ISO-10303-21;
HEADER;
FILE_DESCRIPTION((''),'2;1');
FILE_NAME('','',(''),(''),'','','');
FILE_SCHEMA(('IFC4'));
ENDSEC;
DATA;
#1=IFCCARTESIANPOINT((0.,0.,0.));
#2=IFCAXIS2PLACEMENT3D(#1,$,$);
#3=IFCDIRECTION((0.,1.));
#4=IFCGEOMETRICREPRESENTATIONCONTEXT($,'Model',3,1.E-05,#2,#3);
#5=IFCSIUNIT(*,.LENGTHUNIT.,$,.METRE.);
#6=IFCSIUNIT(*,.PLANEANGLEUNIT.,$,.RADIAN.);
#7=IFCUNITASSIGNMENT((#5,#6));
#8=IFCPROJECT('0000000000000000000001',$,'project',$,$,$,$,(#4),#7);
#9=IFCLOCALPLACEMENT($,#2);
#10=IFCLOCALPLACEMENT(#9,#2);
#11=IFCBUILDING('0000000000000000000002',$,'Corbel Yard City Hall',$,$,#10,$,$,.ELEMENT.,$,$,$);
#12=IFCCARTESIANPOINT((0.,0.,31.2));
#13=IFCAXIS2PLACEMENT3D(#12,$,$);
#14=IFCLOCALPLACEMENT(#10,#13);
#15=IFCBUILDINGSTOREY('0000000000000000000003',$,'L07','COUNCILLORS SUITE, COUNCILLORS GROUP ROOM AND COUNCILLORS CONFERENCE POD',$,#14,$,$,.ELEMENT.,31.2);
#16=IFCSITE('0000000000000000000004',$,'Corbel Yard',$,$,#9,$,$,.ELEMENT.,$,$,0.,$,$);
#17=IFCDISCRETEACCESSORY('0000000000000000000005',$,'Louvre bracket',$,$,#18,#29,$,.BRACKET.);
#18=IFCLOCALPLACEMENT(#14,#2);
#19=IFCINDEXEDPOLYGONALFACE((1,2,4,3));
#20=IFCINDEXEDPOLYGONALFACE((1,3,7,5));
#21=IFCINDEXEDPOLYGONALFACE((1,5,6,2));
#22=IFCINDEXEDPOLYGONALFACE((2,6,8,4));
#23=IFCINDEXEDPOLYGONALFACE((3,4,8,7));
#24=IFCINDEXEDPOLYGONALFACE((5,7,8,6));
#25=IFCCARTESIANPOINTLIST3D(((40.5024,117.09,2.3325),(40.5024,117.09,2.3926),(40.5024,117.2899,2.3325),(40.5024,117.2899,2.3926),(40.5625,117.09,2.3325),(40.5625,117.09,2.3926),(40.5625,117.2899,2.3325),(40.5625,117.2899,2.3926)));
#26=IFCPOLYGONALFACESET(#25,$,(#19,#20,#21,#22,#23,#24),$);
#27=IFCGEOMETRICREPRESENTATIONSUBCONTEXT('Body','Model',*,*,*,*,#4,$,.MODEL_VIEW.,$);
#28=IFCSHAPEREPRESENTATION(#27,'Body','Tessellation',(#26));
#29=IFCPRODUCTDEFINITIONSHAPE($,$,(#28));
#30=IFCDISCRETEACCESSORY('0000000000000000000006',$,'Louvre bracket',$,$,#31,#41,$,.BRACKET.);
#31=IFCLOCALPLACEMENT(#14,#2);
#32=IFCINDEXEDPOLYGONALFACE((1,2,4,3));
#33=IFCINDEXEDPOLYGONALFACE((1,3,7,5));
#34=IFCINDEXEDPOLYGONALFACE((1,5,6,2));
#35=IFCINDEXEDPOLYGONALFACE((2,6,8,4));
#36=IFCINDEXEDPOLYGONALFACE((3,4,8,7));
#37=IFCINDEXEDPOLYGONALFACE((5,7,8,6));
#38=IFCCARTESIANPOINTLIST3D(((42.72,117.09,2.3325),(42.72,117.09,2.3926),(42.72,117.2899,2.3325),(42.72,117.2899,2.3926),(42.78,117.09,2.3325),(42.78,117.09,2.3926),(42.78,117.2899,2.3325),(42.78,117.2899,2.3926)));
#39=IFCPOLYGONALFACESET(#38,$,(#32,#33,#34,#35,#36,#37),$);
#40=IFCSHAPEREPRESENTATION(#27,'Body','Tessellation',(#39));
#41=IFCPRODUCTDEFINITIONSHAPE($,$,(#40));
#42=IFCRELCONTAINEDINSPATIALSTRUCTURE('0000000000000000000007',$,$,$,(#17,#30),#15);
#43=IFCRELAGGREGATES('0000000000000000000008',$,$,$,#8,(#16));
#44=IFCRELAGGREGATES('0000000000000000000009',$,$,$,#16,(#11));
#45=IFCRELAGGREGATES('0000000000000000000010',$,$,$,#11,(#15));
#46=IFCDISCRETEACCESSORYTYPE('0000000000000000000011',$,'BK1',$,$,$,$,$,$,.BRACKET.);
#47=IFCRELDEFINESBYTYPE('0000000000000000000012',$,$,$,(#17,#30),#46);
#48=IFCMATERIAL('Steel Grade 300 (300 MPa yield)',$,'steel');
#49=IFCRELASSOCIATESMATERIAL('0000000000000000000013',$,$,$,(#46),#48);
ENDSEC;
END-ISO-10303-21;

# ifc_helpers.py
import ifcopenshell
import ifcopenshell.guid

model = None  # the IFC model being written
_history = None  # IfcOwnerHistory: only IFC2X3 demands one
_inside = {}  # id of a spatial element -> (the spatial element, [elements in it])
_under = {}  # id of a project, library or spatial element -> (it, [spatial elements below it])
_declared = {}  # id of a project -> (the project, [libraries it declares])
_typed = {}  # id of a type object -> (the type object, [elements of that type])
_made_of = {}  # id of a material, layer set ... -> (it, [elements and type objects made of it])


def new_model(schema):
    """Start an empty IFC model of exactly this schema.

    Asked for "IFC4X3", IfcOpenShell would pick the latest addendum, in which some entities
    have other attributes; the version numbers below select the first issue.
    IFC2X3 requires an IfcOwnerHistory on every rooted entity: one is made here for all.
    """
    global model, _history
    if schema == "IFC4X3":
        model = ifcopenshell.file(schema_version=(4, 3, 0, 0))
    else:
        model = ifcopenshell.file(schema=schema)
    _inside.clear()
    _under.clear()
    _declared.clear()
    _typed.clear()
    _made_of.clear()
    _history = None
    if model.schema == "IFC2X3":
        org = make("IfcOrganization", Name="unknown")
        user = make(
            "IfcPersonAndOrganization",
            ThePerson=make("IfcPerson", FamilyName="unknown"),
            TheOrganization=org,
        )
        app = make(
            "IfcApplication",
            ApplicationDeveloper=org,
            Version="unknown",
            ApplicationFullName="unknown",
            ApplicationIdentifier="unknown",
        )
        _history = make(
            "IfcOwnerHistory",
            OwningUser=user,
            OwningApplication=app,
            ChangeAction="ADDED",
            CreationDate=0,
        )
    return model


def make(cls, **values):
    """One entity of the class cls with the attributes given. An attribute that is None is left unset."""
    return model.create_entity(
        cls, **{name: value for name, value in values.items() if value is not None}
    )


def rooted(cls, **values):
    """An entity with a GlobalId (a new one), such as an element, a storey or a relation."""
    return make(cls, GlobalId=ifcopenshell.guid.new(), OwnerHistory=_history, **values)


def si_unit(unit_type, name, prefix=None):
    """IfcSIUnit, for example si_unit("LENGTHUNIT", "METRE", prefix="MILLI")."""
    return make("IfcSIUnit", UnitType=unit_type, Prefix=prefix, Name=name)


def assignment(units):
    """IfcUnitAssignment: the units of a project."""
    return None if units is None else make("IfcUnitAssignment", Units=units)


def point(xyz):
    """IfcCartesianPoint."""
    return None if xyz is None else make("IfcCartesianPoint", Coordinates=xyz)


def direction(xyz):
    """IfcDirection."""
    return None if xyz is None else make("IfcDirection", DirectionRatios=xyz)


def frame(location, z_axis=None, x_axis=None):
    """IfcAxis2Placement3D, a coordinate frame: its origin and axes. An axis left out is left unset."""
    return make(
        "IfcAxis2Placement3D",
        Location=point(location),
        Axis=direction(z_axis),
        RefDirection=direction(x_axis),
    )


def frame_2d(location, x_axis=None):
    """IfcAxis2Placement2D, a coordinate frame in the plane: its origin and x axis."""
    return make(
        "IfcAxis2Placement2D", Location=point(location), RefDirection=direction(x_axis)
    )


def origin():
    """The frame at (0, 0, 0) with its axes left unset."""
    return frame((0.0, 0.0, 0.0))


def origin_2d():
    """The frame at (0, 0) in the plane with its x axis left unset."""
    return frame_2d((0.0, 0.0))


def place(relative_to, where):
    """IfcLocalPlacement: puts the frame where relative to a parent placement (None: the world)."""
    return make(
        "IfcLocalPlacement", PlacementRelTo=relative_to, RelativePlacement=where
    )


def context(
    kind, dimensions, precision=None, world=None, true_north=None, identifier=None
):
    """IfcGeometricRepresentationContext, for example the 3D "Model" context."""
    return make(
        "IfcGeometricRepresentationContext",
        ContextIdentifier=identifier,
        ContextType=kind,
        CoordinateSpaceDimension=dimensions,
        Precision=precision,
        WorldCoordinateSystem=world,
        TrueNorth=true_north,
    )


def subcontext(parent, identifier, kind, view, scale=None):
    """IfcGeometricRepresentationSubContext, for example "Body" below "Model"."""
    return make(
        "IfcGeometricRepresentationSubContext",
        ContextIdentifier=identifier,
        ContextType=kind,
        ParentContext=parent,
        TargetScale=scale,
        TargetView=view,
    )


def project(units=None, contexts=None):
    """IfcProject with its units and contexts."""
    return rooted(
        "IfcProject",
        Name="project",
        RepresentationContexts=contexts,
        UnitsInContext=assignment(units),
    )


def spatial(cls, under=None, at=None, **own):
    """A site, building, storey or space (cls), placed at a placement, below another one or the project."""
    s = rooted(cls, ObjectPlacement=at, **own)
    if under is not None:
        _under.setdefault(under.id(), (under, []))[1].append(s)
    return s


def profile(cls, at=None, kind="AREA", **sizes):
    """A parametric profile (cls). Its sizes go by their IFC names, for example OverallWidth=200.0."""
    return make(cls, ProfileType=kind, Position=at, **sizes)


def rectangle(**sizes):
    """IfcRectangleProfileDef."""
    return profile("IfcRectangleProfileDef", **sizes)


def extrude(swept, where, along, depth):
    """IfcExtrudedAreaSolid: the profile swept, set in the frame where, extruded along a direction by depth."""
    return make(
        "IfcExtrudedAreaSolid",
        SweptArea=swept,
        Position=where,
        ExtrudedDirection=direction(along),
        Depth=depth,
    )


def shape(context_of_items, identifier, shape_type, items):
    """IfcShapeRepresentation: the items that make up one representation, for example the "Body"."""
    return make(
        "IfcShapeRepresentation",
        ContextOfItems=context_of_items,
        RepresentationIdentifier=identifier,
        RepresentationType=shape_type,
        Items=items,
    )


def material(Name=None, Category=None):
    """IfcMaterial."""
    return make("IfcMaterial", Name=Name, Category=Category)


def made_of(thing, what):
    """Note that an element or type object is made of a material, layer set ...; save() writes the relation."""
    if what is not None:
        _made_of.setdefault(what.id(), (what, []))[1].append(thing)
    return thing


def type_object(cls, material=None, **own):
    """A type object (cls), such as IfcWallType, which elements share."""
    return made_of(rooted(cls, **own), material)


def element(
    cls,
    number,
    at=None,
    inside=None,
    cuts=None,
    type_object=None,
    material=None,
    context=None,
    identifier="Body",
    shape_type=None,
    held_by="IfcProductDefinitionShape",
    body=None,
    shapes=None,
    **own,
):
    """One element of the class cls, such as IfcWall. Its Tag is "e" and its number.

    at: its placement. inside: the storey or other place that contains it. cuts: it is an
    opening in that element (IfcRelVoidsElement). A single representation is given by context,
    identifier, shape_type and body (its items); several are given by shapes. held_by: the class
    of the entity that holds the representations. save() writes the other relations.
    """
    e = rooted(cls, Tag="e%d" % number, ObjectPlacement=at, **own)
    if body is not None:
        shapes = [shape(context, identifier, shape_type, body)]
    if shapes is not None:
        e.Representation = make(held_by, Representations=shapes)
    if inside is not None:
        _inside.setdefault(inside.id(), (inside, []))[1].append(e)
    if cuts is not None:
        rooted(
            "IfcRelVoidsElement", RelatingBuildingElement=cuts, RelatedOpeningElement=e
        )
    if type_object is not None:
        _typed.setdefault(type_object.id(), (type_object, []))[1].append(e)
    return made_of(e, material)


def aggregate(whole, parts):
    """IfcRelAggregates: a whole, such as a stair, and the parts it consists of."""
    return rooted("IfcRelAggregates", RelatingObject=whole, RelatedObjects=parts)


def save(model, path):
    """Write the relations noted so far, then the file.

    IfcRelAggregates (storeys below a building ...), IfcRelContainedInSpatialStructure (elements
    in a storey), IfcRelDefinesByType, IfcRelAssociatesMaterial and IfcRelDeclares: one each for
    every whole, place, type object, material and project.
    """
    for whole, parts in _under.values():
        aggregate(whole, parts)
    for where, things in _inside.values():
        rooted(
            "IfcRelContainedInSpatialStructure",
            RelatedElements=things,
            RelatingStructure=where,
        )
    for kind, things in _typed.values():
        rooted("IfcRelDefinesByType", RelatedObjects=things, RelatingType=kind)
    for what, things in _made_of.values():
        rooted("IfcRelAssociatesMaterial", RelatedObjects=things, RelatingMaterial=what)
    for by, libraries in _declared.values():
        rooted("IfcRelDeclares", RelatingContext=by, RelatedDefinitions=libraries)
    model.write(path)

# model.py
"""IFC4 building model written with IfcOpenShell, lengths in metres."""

from ifc_helpers import new_model, si_unit, direction, frame, origin, origin_2d, place, context, subcontext, project, spatial, rectangle, extrude, material, type_object, element, save


model = new_model("IFC4")

# Units and contexts
model_context = context("Model", 3, precision=1e-05, world=origin(), true_north=direction((0.0, 1.0)))
body_context = subcontext(model_context, "Body", "Model", "MODEL_VIEW")
ifc_project = project(units=[si_unit("LENGTHUNIT", "METRE"), si_unit("PLANEANGLEUNIT", "RADIAN")], contexts=[model_context])

# Site, building, storey
site_placement = place(None, origin())
site = spatial("IfcSite", under=ifc_project, at=site_placement, Name="Corbel Yard", CompositionType="ELEMENT", RefElevation=0.0)
building_placement = place(site_placement, origin())
building = spatial("IfcBuilding", under=site, at=building_placement, Name="Corbel Yard City Hall", CompositionType="ELEMENT")
storey_placement = place(building_placement, frame((0.0, 0.0, 31.2)))
storey = spatial("IfcBuildingStorey", under=building, at=storey_placement, Name="L07", Description="COUNCILLORS SUITE, COUNCILLORS GROUP ROOM AND COUNCILLORS CONFERENCE POD", CompositionType="ELEMENT", Elevation=31.2)

# Shared definitions
ifc_material_1 = material(Name="Steel Grade 300 (300 MPa yield)", Category="steel")

# Discrete accessories
discrete_accessory_type = type_object("IfcDiscreteAccessoryType", Name="BK1", PredefinedType="BRACKET", material=ifc_material_1)
for number, where, z_axis, x_axis, name in (
    (1, (40.5325, 117.1899, 2.3325), (0.0, 0.0, 1.0), (1.0, 0.0, 0.0), "Louvre bracket"),
    (2, (42.75, 117.1899, 2.3325), (0.0, 0.0, 1.0), (1.0, 0.0, 0.0), "Louvre bracket"),
):
    element("IfcDiscreteAccessory", number, at=place(storey_placement, frame(where, z_axis=z_axis, x_axis=x_axis)), inside=storey, type_object=discrete_accessory_type, Name=name, PredefinedType="BRACKET", context=body_context, shape_type="SweptSolid", body=[
        extrude(rectangle(XDim=0.0601, YDim=0.2, at=origin_2d()), origin(), (0.0, 0.0, 1.0), 0.0601),
    ])

save(model, "model.ifc")
